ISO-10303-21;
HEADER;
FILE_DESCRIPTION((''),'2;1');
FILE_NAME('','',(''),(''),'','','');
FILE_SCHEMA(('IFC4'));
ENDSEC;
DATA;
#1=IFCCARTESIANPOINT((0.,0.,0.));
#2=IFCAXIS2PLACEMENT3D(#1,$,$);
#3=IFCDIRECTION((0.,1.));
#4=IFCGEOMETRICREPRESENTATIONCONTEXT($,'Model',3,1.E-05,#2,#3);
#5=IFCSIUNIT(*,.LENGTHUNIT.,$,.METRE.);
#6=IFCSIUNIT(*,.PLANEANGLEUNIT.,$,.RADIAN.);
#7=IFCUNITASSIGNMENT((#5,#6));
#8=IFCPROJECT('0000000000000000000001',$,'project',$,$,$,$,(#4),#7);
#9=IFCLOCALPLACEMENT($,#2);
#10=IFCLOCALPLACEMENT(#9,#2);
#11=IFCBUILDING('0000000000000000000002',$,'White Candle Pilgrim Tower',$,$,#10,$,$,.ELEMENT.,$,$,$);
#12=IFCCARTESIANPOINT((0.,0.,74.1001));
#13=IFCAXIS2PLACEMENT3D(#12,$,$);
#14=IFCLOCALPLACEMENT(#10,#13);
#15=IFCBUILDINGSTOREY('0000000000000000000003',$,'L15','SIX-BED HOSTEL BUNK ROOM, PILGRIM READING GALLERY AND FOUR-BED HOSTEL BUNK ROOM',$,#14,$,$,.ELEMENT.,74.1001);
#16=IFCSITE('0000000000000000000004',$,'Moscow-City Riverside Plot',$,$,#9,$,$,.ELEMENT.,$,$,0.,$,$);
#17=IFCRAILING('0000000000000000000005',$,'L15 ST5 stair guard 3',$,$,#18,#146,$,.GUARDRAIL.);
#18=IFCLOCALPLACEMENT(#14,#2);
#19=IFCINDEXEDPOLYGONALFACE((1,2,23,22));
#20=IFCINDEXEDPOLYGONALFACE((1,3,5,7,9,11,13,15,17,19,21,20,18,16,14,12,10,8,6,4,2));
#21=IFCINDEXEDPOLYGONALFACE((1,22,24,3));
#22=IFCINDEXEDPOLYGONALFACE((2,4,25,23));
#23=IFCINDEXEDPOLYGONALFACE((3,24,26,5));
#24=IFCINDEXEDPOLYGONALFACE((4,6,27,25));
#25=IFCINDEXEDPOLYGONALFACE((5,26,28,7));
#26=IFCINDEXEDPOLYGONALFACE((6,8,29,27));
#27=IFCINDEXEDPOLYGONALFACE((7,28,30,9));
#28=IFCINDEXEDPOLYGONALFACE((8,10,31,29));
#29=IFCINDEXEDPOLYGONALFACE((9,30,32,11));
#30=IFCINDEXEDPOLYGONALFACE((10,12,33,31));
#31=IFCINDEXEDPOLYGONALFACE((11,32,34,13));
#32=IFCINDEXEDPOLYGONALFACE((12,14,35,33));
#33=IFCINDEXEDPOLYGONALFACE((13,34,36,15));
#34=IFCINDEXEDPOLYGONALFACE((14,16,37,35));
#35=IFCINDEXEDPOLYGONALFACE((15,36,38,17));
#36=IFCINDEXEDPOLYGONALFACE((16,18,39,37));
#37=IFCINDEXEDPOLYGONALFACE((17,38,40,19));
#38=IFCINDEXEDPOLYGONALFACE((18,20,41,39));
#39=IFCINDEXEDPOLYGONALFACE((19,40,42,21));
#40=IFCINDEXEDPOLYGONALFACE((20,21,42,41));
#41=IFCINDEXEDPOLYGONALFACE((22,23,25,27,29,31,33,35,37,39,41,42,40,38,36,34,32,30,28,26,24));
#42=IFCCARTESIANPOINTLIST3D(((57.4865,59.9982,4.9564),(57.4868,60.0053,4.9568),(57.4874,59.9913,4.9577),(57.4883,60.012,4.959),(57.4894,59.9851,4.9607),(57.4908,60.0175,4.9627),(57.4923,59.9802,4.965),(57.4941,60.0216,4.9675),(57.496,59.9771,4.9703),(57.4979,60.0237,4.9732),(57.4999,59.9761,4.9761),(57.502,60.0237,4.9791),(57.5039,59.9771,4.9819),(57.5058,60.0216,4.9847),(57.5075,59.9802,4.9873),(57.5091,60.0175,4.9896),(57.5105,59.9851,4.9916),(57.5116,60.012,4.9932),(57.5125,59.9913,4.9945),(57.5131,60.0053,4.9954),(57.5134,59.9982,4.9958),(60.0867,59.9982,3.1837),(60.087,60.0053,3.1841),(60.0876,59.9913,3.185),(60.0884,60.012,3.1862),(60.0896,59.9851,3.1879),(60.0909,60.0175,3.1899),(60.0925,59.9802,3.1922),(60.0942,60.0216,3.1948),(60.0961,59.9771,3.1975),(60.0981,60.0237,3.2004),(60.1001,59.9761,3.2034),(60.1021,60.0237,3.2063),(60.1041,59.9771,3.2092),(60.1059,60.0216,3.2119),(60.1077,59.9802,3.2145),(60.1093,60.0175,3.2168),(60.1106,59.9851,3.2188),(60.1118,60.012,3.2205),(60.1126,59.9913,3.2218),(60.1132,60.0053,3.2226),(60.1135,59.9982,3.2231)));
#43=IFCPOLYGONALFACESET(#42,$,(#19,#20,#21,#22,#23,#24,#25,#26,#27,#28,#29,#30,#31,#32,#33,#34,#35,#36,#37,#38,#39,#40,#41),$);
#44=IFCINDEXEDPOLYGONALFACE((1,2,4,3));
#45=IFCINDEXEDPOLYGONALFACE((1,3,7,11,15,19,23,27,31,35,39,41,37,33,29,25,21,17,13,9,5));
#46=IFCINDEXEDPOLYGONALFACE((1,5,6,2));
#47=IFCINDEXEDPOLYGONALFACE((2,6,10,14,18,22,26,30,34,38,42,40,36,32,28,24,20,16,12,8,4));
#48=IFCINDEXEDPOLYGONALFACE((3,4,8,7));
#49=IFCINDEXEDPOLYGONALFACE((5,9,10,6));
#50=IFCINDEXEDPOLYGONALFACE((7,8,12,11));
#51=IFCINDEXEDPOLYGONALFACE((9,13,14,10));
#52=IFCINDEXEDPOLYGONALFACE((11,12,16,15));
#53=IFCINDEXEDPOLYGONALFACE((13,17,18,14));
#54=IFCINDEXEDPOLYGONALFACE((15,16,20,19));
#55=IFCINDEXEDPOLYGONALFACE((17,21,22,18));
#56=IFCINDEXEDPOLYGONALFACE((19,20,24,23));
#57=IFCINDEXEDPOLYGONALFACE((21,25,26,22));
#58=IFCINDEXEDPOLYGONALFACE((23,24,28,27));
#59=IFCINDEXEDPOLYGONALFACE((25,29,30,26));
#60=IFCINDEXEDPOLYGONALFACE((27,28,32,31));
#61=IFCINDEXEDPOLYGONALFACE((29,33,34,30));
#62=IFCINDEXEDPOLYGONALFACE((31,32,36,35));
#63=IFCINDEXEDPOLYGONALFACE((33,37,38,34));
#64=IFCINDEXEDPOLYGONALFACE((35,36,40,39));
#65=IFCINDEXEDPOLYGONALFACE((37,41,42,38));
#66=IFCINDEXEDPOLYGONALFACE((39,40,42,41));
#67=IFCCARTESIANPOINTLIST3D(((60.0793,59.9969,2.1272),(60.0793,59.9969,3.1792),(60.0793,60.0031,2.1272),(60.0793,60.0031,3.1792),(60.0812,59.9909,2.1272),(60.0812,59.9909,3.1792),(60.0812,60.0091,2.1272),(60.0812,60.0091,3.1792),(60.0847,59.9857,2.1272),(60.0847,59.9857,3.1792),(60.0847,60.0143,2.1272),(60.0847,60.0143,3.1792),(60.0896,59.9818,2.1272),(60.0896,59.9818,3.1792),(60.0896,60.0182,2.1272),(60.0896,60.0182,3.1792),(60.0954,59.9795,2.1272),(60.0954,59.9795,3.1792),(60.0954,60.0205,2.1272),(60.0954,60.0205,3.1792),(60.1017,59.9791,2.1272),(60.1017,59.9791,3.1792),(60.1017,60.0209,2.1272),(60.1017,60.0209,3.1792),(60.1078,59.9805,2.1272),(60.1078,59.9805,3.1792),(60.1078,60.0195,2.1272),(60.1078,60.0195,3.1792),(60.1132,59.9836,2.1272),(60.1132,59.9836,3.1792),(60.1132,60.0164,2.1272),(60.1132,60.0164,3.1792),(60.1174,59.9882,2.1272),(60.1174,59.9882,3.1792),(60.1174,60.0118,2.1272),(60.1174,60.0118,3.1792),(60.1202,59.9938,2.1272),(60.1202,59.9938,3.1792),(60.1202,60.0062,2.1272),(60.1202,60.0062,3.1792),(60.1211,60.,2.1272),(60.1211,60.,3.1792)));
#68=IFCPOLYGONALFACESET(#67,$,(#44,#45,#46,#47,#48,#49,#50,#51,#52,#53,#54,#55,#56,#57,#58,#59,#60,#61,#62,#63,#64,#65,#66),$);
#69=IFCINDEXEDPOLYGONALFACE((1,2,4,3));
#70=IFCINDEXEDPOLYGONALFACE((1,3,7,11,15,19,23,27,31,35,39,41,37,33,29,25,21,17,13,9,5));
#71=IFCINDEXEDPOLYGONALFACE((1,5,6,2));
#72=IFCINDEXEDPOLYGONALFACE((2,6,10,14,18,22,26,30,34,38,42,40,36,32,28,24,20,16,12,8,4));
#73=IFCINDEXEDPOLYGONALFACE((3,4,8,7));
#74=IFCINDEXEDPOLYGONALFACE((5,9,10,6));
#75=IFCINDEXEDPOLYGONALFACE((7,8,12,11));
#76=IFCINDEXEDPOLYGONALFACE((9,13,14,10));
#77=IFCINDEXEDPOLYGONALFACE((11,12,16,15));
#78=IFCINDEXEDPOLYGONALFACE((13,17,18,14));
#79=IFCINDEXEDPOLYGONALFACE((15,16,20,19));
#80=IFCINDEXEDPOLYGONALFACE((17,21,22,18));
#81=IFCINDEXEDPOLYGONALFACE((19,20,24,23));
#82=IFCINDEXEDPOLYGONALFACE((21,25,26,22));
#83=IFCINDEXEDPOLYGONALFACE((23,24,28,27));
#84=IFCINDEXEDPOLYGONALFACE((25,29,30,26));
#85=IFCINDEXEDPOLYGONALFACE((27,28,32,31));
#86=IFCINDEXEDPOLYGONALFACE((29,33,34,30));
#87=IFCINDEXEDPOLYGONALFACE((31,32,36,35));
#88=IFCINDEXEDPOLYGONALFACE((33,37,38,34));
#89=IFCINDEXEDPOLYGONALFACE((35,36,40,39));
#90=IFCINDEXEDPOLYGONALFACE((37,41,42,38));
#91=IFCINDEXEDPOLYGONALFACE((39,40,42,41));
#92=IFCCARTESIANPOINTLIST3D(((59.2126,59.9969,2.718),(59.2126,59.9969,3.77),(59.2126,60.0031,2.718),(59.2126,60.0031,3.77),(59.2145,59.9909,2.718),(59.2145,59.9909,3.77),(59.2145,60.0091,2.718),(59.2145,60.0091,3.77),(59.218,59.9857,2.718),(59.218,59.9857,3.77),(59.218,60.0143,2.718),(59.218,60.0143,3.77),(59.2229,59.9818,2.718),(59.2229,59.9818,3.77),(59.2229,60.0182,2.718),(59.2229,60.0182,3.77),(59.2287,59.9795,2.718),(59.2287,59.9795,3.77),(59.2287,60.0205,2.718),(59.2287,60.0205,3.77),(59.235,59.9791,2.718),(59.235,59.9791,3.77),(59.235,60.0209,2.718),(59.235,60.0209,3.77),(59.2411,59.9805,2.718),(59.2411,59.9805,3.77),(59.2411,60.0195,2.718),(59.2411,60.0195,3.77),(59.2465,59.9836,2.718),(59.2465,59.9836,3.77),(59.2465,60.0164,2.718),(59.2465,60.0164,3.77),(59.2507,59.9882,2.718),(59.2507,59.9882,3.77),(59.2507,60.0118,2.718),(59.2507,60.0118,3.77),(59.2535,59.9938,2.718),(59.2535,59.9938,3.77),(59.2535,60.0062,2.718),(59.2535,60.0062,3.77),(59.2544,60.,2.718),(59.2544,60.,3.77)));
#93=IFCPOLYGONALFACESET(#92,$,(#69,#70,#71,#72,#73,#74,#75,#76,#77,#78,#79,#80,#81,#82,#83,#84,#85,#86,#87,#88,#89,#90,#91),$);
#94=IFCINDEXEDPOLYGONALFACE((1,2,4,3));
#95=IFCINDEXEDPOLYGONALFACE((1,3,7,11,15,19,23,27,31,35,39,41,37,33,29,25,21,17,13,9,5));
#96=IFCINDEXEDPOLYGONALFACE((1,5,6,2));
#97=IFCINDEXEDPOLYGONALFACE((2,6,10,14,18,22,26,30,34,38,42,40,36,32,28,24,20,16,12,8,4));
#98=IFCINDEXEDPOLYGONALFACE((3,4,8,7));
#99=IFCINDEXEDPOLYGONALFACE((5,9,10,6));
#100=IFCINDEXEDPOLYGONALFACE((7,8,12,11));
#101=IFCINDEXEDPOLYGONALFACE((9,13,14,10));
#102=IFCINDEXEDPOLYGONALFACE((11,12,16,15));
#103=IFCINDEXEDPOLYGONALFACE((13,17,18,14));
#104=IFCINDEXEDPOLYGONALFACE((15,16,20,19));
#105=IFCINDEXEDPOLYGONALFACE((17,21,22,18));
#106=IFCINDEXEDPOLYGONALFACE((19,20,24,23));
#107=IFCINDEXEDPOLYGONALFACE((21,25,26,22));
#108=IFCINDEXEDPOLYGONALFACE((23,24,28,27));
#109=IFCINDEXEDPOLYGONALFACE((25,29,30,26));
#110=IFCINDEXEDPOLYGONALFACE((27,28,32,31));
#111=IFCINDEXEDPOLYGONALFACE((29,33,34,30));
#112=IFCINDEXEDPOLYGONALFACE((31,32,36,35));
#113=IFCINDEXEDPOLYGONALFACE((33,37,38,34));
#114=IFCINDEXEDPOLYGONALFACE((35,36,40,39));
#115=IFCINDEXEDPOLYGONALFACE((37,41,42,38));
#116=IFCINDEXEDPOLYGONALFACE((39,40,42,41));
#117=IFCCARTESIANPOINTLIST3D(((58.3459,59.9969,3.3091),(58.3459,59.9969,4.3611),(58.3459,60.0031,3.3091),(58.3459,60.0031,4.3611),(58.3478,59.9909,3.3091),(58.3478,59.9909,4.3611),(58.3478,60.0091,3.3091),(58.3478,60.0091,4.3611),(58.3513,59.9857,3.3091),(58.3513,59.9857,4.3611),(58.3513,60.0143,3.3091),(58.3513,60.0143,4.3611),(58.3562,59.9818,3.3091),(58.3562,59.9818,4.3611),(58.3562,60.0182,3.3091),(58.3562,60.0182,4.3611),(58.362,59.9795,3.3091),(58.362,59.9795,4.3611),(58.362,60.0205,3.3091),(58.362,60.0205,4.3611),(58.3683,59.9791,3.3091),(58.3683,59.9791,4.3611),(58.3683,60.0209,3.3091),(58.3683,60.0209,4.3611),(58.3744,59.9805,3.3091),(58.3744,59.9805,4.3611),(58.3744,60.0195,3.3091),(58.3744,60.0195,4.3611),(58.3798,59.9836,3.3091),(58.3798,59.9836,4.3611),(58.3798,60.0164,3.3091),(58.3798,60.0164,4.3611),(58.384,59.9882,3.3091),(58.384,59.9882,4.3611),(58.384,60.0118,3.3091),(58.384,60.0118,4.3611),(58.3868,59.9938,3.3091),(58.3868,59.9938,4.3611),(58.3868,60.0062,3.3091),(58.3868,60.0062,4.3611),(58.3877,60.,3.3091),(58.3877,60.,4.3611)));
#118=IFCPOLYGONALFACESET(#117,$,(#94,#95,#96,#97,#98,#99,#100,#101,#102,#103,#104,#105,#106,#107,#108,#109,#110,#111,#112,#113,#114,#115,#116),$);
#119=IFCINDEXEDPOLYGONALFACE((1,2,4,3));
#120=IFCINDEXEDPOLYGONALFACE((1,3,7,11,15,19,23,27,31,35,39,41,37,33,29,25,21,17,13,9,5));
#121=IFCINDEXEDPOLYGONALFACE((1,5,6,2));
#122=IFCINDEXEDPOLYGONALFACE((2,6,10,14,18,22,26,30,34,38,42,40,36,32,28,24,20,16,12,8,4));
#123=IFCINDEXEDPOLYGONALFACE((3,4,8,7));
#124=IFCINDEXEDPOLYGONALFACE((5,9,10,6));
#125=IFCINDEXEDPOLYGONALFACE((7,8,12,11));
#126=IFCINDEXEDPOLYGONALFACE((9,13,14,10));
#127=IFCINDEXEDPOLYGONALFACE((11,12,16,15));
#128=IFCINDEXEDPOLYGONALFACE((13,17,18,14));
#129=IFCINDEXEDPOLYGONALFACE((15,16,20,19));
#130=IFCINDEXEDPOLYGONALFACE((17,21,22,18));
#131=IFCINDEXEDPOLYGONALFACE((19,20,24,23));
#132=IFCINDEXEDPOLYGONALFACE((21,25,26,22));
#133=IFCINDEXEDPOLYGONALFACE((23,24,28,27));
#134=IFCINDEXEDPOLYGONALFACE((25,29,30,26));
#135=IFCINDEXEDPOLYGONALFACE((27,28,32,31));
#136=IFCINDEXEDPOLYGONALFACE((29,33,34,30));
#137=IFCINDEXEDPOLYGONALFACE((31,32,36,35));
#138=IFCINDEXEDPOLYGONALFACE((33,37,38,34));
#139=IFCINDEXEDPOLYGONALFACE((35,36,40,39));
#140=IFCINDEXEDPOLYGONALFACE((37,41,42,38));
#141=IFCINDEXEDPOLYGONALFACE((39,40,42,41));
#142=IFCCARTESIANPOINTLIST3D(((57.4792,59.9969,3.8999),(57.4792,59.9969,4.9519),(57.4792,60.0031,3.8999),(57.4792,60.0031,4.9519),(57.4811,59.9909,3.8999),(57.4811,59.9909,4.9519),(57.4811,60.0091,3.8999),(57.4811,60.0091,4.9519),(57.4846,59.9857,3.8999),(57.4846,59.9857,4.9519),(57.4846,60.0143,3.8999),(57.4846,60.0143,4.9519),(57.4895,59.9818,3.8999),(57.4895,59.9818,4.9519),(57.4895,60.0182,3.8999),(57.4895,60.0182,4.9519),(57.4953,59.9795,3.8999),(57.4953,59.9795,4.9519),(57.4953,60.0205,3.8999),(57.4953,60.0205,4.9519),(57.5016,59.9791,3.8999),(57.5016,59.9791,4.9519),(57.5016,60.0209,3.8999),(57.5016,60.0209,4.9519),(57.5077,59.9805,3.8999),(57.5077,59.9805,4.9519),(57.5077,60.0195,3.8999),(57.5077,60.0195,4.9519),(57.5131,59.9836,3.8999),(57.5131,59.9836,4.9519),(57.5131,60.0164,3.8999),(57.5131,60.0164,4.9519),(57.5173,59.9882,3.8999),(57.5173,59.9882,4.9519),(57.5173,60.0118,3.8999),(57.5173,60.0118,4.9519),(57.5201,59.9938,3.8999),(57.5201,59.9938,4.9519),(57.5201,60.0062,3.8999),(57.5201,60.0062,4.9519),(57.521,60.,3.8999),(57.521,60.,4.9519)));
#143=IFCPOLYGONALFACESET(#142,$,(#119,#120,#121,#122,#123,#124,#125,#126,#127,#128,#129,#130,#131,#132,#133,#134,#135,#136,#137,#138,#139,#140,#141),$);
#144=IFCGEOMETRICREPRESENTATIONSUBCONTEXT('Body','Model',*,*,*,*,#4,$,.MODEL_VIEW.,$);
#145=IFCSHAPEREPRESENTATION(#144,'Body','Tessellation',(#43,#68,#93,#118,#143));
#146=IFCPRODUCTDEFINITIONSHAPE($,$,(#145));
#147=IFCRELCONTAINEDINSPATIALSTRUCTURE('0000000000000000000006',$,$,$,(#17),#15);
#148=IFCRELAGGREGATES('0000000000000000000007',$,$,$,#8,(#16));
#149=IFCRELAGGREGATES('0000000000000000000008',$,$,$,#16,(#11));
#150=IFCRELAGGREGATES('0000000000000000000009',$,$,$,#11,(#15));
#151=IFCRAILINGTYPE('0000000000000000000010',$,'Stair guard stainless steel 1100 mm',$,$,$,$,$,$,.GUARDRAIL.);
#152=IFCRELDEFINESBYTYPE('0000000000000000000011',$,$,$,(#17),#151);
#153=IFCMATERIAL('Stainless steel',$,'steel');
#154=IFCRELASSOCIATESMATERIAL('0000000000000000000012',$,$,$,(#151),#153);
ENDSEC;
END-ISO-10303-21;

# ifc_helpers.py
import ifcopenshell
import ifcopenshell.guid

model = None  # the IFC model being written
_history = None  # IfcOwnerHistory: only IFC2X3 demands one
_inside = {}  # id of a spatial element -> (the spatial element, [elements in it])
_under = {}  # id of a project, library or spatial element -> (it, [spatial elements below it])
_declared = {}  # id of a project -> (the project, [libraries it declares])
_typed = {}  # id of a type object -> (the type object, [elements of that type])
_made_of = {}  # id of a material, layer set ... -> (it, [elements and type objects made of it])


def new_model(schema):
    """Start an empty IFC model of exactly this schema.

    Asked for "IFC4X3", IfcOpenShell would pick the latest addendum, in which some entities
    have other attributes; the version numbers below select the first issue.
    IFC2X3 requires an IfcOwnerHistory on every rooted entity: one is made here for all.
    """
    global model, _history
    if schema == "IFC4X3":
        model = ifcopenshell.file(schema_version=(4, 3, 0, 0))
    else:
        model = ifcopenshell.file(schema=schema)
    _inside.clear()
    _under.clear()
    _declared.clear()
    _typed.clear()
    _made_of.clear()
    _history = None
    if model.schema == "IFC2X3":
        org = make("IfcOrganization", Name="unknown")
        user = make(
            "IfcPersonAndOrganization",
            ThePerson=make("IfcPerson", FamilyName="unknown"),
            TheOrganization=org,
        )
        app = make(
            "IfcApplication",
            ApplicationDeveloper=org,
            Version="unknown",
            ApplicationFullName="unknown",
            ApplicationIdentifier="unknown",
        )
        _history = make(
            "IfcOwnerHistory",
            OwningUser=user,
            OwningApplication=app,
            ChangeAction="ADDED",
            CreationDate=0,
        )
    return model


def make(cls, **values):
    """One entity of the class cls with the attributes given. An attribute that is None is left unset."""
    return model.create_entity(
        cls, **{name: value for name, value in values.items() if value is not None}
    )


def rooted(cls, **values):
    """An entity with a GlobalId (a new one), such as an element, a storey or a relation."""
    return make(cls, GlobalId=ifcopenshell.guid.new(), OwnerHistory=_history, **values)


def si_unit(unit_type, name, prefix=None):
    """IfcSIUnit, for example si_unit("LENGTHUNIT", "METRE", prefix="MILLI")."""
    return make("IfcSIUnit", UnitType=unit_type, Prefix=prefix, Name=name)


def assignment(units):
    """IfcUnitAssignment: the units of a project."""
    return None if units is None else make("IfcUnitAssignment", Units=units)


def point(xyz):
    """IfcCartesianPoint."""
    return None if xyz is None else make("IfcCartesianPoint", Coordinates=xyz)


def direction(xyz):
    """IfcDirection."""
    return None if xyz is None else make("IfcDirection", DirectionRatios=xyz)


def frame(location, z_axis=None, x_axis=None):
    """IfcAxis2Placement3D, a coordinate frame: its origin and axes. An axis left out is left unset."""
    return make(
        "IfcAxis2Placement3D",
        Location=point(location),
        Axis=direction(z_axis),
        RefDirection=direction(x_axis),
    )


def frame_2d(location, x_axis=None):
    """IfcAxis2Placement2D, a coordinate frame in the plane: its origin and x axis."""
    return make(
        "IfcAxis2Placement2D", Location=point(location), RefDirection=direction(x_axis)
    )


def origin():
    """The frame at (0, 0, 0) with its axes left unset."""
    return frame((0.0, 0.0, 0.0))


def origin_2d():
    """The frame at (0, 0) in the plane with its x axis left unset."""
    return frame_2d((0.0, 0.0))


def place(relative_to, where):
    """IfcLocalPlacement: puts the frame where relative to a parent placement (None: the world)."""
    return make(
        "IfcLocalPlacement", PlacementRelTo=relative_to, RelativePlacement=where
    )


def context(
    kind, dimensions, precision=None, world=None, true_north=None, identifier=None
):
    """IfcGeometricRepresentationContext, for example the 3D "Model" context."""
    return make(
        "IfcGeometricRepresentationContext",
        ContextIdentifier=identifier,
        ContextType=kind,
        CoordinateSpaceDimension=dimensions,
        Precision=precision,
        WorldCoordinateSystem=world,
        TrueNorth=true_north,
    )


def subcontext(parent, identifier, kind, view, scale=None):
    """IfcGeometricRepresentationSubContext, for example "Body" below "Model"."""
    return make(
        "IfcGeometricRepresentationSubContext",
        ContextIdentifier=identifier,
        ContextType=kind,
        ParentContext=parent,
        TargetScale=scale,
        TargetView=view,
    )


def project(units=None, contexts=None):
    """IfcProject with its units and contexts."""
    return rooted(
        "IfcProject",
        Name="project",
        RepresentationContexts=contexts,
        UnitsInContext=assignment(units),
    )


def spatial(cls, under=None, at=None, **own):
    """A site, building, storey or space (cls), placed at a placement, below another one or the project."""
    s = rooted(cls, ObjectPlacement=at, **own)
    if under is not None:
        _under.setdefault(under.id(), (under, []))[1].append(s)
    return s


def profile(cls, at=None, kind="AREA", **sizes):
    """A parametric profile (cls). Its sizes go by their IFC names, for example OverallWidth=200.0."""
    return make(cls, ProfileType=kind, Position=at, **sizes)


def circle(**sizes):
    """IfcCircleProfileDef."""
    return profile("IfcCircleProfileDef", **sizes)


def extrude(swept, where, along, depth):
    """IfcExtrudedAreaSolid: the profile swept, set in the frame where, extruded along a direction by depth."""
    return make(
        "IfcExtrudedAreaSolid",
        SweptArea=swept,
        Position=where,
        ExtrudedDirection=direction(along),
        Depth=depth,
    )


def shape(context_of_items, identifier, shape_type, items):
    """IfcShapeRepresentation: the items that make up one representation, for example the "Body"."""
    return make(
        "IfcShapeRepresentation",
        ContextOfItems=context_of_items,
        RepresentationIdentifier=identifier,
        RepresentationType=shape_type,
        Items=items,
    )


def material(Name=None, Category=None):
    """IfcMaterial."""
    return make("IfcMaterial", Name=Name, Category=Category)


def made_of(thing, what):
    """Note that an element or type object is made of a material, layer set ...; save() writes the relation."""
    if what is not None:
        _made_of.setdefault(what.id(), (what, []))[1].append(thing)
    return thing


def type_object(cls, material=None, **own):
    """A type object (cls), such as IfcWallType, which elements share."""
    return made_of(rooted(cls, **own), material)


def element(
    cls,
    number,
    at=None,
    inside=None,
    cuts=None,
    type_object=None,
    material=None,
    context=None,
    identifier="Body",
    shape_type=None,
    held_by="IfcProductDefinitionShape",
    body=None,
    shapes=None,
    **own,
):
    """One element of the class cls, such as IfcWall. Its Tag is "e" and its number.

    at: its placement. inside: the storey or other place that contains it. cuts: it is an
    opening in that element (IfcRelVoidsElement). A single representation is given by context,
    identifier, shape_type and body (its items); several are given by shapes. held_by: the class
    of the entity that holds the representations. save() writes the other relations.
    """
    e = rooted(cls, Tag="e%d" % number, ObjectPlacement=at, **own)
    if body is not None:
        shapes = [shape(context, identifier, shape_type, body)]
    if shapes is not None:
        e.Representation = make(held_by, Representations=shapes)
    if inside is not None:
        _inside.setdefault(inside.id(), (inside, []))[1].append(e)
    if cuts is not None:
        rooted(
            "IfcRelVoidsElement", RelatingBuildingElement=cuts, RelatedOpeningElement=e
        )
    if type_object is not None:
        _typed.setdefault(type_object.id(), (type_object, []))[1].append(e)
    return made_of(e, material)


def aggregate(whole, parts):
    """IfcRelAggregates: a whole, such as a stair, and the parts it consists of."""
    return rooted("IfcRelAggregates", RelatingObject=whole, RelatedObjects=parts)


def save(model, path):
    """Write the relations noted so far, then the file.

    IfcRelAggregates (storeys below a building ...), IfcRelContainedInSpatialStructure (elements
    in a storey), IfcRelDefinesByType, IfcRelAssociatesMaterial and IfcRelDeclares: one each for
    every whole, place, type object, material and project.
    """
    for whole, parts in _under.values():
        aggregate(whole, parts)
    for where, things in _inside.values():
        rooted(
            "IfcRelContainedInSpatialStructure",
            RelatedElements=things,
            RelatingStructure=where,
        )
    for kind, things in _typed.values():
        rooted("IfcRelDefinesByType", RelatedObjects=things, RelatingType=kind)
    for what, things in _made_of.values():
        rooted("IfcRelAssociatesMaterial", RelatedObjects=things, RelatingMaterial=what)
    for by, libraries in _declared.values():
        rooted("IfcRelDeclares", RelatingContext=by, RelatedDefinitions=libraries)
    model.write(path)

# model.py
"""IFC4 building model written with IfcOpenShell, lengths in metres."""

from ifc_helpers import new_model, si_unit, direction, frame, origin, origin_2d, place, context, subcontext, project, spatial, circle, extrude, material, type_object, element, save


model = new_model("IFC4")

# Units and contexts
model_context = context("Model", 3, precision=1e-05, world=origin(), true_north=direction((0.0, 1.0)))
body_context = subcontext(model_context, "Body", "Model", "MODEL_VIEW")
ifc_project = project(units=[si_unit("LENGTHUNIT", "METRE"), si_unit("PLANEANGLEUNIT", "RADIAN")], contexts=[model_context])

# Site, building, storey
site_placement = place(None, origin())
site = spatial("IfcSite", under=ifc_project, at=site_placement, Name="Moscow-City Riverside Plot", CompositionType="ELEMENT", RefElevation=0.0)
building_placement = place(site_placement, origin())
building = spatial("IfcBuilding", under=site, at=building_placement, Name="White Candle Pilgrim Tower", CompositionType="ELEMENT")
storey_placement = place(building_placement, frame((0.0, 0.0, 74.1001)))
storey = spatial("IfcBuildingStorey", under=building, at=storey_placement, Name="L15", Description="SIX-BED HOSTEL BUNK ROOM, PILGRIM READING GALLERY AND FOUR-BED HOSTEL BUNK ROOM", CompositionType="ELEMENT", Elevation=74.1001)

# Railing
ifc_material_1 = material(Name="Stainless steel", Category="steel")
railing_type_1 = type_object("IfcRailingType", Name="Stair guard stainless steel 1100 mm", PredefinedType="GUARDRAIL", material=ifc_material_1)
railing_1_placement = place(storey_placement, frame((60.1001, 60.0, 2.1272)))
element("IfcRailing", 1, at=railing_1_placement, inside=storey, type_object=railing_type_1, Name="L15 ST5 stair guard 3", PredefinedType="GUARDRAIL", context=body_context, shape_type="SweptSolid", body=[
    extrude(circle(Radius=0.0239, at=origin_2d()), frame((0.0, 0.0, 1.0762), z_axis=(-0.82624, 0.0, 0.563318), x_axis=(0.0, -1.0, 0.0)), (0.0, 0.0, 1.0), 3.147),
    extrude(circle(Radius=0.021, at=origin_2d()), origin(), (0.0, 0.0, 1.0), 1.052),
    extrude(circle(Radius=0.021, at=origin_2d()), frame((-0.8667, 0.0, 0.5908)), (0.0, 0.0, 1.0), 1.052),
    extrude(circle(Radius=0.021, at=origin_2d()), frame((-1.7334, 0.0, 1.1819)), (0.0, 0.0, 1.0), 1.052),
    extrude(circle(Radius=0.021, at=origin_2d()), frame((-2.6001, 0.0, 1.7727)), (0.0, 0.0, 1.0), 1.052),
])

save(model, "model.ifc")
